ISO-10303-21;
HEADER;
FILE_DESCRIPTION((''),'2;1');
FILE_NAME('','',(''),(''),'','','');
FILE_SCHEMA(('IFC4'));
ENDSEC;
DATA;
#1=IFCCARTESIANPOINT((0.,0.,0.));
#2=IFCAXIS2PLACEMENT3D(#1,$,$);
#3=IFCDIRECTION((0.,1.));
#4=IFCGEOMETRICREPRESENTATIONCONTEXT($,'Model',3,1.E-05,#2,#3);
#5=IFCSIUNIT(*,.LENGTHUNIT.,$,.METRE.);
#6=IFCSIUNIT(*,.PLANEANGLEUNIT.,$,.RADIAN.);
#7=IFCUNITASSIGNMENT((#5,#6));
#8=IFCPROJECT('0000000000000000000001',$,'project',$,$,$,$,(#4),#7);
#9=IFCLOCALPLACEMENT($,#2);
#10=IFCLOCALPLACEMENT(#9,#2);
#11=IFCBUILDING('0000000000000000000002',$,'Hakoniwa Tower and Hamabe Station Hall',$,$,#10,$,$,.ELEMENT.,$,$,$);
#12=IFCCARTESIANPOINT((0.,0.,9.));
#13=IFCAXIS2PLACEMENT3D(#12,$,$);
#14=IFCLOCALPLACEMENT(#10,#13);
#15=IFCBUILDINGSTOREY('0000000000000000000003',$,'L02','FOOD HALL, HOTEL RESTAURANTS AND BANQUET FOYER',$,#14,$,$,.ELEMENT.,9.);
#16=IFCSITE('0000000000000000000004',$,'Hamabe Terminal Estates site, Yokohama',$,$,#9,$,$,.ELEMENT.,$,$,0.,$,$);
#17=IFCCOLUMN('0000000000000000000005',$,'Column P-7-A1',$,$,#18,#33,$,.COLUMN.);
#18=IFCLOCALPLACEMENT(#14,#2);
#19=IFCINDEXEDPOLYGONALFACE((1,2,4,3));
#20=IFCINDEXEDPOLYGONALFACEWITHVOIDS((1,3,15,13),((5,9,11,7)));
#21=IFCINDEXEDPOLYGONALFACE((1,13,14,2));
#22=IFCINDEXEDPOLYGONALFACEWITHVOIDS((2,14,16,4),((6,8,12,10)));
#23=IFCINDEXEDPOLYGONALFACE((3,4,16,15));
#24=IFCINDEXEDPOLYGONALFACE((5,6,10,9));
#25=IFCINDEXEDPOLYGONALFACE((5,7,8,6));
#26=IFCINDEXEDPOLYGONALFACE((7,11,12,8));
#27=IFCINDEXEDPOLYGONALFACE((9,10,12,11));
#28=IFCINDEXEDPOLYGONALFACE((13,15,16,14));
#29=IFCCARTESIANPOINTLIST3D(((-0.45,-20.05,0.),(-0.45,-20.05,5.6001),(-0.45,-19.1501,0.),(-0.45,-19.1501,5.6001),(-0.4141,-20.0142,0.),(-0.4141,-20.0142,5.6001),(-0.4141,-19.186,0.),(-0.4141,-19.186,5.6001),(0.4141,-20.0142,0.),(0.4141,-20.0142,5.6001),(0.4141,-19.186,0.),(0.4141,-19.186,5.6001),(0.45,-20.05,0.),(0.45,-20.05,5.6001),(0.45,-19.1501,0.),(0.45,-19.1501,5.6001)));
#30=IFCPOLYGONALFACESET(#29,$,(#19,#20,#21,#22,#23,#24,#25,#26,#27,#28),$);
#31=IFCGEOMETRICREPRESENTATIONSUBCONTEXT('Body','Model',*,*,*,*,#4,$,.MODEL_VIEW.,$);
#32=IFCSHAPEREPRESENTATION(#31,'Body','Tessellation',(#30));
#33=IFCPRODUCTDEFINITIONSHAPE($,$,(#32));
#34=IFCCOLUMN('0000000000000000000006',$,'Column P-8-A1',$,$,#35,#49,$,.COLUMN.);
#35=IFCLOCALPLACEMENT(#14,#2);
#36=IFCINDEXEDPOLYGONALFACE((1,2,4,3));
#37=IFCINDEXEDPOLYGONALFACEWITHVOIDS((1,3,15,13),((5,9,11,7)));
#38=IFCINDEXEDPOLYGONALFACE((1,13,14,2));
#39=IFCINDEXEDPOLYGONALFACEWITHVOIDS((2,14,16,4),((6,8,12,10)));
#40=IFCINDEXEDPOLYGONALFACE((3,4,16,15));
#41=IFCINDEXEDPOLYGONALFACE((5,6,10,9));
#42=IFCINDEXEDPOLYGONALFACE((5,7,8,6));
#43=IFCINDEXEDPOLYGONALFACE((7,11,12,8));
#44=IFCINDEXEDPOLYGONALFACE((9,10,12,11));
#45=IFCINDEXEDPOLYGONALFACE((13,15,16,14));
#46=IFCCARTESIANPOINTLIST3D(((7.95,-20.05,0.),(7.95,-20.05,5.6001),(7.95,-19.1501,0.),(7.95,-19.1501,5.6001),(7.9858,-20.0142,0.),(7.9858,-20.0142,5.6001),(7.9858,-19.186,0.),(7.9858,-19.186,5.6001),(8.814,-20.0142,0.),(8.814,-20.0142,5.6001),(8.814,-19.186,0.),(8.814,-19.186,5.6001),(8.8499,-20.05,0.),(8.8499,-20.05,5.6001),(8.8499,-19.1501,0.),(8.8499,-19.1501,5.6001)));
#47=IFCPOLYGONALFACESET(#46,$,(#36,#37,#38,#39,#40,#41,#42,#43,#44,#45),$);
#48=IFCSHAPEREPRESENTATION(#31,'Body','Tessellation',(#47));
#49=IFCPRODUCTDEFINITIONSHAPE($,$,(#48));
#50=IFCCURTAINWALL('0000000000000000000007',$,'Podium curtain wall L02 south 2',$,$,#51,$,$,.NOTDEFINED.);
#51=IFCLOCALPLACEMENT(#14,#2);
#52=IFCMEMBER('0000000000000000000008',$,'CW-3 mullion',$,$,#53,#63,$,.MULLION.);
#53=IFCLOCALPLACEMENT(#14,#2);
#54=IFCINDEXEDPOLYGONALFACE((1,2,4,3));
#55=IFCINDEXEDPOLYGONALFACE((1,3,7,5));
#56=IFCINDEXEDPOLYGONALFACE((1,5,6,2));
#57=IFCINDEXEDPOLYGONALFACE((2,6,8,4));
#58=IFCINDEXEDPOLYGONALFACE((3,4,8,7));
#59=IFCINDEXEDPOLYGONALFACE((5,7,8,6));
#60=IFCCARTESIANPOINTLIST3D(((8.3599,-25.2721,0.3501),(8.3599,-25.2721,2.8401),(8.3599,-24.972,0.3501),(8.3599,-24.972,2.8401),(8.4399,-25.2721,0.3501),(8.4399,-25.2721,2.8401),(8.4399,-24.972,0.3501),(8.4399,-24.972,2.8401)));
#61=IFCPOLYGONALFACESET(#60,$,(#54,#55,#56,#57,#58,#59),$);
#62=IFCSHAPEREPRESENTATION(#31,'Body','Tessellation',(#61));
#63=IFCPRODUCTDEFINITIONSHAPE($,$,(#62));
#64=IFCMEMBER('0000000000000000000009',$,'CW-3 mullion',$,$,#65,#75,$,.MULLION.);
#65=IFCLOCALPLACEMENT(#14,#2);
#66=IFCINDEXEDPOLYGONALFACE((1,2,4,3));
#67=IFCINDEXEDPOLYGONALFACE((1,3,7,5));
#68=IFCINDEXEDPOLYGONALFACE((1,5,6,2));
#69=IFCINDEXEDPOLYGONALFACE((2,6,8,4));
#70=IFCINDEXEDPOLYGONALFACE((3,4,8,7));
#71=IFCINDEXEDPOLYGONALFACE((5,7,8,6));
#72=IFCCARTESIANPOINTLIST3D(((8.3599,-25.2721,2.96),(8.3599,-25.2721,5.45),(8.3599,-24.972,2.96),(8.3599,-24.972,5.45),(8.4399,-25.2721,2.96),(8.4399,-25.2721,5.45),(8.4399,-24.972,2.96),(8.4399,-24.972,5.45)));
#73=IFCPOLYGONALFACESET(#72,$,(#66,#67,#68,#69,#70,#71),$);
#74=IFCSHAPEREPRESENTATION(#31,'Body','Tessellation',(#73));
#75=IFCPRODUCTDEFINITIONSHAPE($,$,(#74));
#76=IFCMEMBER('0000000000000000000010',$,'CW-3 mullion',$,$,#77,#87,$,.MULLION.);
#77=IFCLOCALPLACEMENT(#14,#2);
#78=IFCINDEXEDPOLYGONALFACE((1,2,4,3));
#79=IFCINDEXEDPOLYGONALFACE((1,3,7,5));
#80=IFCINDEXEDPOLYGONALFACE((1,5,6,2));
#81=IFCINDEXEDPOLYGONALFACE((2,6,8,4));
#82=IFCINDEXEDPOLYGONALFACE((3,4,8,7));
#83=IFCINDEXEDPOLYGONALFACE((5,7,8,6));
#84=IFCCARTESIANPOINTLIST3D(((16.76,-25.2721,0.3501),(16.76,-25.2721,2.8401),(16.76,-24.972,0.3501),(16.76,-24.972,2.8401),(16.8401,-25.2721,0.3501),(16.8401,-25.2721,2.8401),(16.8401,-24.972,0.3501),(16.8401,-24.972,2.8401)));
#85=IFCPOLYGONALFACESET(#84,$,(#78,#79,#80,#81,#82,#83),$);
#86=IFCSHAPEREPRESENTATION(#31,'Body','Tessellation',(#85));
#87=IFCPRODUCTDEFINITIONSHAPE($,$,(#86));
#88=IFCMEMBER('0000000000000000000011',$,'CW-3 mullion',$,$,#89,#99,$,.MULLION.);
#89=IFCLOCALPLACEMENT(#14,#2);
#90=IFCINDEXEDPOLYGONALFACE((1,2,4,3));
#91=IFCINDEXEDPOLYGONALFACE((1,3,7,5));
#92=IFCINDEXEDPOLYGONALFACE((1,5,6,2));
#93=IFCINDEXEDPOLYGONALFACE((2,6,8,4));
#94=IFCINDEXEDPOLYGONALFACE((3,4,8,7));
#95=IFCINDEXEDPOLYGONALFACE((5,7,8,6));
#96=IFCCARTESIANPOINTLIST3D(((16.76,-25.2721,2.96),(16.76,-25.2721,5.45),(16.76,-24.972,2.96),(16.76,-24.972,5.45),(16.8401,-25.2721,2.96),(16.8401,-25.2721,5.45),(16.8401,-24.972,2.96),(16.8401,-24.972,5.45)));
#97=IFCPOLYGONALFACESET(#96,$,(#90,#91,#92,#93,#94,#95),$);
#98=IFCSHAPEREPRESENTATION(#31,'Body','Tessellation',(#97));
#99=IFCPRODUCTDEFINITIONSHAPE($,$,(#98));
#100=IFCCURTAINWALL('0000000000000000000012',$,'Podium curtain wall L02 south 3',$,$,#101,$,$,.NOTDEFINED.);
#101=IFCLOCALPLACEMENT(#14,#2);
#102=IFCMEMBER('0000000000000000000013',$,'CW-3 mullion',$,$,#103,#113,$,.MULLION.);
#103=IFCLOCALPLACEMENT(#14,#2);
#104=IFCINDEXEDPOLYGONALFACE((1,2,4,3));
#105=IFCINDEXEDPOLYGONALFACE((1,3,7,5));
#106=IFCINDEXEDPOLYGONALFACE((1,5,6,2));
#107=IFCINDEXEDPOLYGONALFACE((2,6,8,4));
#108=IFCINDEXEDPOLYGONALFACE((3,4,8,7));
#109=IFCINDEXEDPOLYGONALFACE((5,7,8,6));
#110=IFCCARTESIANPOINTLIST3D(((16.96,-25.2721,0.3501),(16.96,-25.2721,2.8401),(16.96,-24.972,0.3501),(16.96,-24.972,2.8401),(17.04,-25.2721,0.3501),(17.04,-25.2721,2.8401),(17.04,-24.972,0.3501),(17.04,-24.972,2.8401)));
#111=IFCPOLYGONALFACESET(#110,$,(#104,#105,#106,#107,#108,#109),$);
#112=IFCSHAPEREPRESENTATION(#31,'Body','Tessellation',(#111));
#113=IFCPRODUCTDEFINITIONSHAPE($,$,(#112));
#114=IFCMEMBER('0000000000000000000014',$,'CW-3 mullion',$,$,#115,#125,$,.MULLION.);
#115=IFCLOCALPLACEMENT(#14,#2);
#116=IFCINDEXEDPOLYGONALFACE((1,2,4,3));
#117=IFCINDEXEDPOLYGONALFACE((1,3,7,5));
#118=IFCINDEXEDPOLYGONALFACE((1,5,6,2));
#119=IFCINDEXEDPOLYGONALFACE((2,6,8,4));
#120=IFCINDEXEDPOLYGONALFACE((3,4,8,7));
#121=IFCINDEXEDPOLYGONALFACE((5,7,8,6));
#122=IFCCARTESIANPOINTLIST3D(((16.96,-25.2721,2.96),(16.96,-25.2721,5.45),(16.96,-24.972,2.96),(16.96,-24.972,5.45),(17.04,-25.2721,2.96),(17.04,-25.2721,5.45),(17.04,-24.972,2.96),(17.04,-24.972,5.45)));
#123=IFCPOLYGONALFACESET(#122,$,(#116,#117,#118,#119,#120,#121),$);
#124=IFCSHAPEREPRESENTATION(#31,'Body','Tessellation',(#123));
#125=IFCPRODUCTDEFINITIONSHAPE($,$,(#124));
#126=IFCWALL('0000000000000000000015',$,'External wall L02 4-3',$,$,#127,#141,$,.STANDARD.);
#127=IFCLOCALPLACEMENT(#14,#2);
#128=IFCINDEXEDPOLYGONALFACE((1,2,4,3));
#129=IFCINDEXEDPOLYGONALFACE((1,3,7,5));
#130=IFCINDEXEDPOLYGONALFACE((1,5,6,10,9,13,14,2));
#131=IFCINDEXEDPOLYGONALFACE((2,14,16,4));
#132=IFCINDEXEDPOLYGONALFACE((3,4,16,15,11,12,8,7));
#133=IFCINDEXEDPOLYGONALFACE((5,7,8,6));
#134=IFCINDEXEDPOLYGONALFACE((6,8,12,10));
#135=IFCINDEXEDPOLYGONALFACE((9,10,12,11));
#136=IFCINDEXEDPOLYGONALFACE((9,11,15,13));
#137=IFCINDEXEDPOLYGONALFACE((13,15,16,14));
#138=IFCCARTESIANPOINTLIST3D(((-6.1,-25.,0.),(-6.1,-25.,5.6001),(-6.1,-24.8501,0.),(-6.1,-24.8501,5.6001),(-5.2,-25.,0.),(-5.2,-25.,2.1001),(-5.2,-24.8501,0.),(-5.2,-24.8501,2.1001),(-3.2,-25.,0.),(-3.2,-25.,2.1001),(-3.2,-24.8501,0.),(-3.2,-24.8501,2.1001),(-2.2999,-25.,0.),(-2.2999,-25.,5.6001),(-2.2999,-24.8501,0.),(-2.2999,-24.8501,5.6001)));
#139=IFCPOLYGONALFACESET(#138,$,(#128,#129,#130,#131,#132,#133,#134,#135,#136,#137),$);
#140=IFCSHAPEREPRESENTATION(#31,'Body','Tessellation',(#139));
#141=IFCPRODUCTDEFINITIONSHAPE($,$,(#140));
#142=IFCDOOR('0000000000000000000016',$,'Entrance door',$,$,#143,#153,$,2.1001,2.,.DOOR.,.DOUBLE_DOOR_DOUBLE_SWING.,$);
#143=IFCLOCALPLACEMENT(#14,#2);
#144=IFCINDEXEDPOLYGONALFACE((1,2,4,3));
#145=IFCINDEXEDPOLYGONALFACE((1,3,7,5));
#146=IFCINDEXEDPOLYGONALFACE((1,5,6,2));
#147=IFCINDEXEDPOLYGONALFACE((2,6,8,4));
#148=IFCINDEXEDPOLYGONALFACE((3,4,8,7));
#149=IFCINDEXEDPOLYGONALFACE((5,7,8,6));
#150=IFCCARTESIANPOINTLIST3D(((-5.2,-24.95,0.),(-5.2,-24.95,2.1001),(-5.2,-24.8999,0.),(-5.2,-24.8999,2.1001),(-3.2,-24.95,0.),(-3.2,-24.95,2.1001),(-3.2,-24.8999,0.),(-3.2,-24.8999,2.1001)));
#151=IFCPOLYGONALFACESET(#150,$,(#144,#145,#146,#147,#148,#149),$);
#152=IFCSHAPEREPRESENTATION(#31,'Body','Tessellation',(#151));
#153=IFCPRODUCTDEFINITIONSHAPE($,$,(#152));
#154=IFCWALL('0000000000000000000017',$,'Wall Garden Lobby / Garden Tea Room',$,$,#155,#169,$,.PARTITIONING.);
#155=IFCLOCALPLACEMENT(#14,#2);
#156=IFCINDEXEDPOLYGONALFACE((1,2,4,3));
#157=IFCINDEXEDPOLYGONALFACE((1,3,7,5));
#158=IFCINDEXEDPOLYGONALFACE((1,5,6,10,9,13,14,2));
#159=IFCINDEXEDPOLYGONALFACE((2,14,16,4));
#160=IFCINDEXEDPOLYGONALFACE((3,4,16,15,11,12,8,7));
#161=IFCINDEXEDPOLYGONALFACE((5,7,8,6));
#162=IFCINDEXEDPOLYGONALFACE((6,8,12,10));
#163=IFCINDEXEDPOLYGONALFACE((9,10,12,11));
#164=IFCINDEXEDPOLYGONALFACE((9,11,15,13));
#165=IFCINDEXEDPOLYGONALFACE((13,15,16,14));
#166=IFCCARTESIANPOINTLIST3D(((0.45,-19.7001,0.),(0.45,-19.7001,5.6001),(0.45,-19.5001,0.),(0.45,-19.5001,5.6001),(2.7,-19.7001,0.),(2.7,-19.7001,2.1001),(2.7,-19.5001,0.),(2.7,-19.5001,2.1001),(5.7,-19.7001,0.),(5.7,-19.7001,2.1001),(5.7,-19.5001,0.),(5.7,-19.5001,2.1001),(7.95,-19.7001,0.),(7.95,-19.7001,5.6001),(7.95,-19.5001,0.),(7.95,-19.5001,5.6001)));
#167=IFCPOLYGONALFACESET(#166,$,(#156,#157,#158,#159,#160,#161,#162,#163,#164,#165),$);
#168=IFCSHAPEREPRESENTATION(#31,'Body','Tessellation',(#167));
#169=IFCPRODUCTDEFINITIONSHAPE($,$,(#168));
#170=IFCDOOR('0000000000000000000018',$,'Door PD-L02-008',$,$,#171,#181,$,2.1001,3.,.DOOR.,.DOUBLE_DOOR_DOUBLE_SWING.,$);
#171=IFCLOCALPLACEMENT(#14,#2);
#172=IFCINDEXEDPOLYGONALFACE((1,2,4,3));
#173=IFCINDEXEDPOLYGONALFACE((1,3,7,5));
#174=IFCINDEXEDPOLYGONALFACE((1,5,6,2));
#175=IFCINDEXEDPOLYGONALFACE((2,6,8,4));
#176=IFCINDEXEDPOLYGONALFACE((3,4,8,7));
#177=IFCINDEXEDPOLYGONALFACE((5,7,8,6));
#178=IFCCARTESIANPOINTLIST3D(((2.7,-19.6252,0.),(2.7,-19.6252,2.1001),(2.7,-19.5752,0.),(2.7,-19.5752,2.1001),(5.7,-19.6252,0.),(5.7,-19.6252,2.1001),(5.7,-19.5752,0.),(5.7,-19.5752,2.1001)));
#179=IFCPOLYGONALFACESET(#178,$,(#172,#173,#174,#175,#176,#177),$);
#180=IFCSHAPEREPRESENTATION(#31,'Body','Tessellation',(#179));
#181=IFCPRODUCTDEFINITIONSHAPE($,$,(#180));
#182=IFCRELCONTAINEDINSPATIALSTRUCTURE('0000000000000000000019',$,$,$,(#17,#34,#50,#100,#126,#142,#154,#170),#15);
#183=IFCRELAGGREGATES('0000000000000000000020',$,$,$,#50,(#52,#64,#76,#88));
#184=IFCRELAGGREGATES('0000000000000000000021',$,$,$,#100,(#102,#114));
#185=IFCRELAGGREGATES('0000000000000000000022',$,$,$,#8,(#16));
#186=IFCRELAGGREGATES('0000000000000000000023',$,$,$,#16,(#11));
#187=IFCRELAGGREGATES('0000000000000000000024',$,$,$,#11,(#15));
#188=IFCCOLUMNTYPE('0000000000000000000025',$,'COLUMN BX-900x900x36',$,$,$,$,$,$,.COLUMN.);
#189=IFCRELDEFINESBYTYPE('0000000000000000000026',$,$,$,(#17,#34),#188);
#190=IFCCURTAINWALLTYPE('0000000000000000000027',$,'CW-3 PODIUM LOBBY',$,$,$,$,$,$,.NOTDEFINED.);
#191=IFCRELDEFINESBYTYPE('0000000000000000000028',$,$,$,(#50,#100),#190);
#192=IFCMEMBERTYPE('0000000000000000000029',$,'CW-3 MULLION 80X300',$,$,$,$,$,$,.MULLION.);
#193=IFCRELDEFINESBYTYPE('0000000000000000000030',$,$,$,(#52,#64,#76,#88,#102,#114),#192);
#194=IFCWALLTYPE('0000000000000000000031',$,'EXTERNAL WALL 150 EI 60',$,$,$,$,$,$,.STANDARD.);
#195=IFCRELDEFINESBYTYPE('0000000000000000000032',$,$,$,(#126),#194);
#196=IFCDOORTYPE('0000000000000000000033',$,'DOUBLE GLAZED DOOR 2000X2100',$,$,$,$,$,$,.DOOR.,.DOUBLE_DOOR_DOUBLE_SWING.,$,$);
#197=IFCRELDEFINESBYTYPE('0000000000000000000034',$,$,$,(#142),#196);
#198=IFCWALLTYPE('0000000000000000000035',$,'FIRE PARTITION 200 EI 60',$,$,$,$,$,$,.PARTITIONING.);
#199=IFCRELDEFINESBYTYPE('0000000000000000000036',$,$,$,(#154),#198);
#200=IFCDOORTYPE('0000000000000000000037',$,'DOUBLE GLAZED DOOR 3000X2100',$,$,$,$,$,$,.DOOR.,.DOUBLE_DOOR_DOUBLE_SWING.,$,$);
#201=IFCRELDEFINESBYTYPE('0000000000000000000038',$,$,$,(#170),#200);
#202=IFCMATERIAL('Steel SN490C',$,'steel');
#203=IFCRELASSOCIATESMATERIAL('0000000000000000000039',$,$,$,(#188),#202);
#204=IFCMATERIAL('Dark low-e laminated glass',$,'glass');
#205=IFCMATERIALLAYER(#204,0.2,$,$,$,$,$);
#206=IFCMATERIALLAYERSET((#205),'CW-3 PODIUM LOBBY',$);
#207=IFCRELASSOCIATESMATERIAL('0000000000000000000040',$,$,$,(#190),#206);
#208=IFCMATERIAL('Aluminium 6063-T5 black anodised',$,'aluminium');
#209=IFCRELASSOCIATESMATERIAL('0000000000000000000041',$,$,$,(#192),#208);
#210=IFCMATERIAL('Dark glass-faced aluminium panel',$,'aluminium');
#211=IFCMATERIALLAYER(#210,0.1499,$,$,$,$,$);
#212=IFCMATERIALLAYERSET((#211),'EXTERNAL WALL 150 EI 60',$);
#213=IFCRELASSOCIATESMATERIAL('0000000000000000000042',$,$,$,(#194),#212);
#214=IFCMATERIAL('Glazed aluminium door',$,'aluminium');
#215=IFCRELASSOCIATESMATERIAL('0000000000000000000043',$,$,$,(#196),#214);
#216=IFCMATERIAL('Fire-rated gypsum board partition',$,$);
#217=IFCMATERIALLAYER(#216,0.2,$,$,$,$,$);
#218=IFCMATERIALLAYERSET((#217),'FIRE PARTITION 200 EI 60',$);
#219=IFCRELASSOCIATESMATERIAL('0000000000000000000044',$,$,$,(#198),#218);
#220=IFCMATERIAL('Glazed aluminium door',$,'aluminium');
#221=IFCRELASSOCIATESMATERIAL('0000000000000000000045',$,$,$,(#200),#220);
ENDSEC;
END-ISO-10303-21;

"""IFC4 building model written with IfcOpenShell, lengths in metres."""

from ifc_helpers import new_model, si_unit, direction, frame, frame_2d, origin, origin_2d, place, context, subcontext, project, spatial, rectangle, hollow_rectangle, extrude, material, layer, layer_set, material_profile, profile_set, type_object, element, fill, aggregate, save


model = new_model("IFC4")

# Units and contexts
model_context = context("Model", 3, precision=1e-05, world=origin(), true_north=direction((0.0, 1.0)))
body_context = subcontext(model_context, "Body", "Model", "MODEL_VIEW")
ifc_project = project(units=[si_unit("LENGTHUNIT", "METRE"), si_unit("PLANEANGLEUNIT", "RADIAN")], contexts=[model_context])

# Site, building, storey
site_placement = place(None, origin())
site = spatial("IfcSite", under=ifc_project, at=site_placement, Name="Hamabe Terminal Estates site, Yokohama", CompositionType="ELEMENT", RefElevation=0.0)
building_placement = place(site_placement, origin())
building = spatial("IfcBuilding", under=site, at=building_placement, Name="Hakoniwa Tower and Hamabe Station Hall", CompositionType="ELEMENT")
storey_placement = place(building_placement, frame((0.0, 0.0, 9.0)))
storey = spatial("IfcBuildingStorey", under=building, at=storey_placement, Name="L02", Description="FOOD HALL, HOTEL RESTAURANTS AND BANQUET FOYER", CompositionType="ELEMENT", Elevation=9.0)

# Columns
ifc_material_1 = material(Name="Steel SN490C", Category="steel")
ifc_material_profile_1 = material_profile(ifc_material_1, hollow_rectangle(XDim=0.8999, YDim=0.8999, WallThickness=0.0359, at=origin_2d()), Name="BX-900x900x36")
ifc_profile_set_1 = profile_set([ifc_material_profile_1], Name="Steel SN490C")
column_type_1 = type_object("IfcColumnType", Name="COLUMN BX-900x900x36", PredefinedType="COLUMN", material=ifc_profile_set_1)
for number, where, z_axis, x_axis, name in (
    (1, (0.0, -19.6001, 0.0), (0.0, 0.0, 1.0), (1.0, 0.0, 0.0), "Column P-7-A1"),
    (2, (8.3999, -19.6001, 0.0), (0.0, 0.0, 1.0), (1.0, 0.0, 0.0), "Column P-8-A1"),
):
    element("IfcColumn", number, at=place(storey_placement, frame(where, z_axis=z_axis, x_axis=x_axis)), inside=storey, type_object=column_type_1, Name=name, PredefinedType="COLUMN", context=body_context, shape_type="SweptSolid", body=[
        extrude(hollow_rectangle(XDim=0.8999, YDim=0.8999, WallThickness=0.0359, at=origin_2d()), origin(), (0.0, 0.0, 1.0), 5.6001),
    ])

# Curtain walls, members
ifc_material_2 = material(Name="Dark low-e laminated glass", Category="glass")
ifc_layer_1 = layer(ifc_material_2, 0.2)
ifc_layer_set_1 = layer_set([ifc_layer_1], Name="CW-3 PODIUM LOBBY")
curtain_wall_type = type_object("IfcCurtainWallType", Name="CW-3 PODIUM LOBBY", PredefinedType="NOTDEFINED", material=ifc_layer_set_1)
curtain_wall_1_placement = place(storey_placement, origin())
curtain_wall_1 = element("IfcCurtainWall", 3, at=curtain_wall_1_placement, inside=storey, type_object=curtain_wall_type, Name="Podium curtain wall L02 south 2", PredefinedType="NOTDEFINED")
ifc_material_3 = material(Name="Aluminium 6063-T5 black anodised", Category="aluminium")
ifc_material_profile_2 = material_profile(ifc_material_3, rectangle(XDim=0.0801, YDim=0.3, at=origin_2d()), Name="CW-3 MULLION 80X300")
ifc_profile_set_2 = profile_set([ifc_material_profile_2], Name="Aluminium 6063-T5 black anodised")
member_type = type_object("IfcMemberType", Name="CW-3 MULLION 80X300", PredefinedType="MULLION", material=ifc_profile_set_2)
member_1_placement = place(storey_placement, frame((8.3999, -25.1221, 0.3501), z_axis=(0.0, 0.0, 1.0), x_axis=(1.0, 0.0, 0.0)))
member_1 = element("IfcMember", 4, at=member_1_placement, type_object=member_type, Name="CW-3 mullion", PredefinedType="MULLION", context=body_context, shape_type="SweptSolid", body=[
    extrude(rectangle(XDim=0.0801, YDim=0.3, at=origin_2d()), origin(), (0.0, 0.0, 1.0), 2.49),
])
member_2_placement = place(storey_placement, frame((8.3999, -25.1221, 2.96), z_axis=(0.0, 0.0, 1.0), x_axis=(1.0, 0.0, 0.0)))
member_2 = element("IfcMember", 5, at=member_2_placement, type_object=member_type, Name="CW-3 mullion", PredefinedType="MULLION", context=body_context, shape_type="SweptSolid", body=[
    extrude(rectangle(XDim=0.0801, YDim=0.3, at=origin_2d()), origin(), (0.0, 0.0, 1.0), 2.49),
])
member_3_placement = place(storey_placement, frame((16.8, -25.1221, 0.3501), z_axis=(0.0, 0.0, 1.0), x_axis=(1.0, 0.0, 0.0)))
member_3 = element("IfcMember", 6, at=member_3_placement, type_object=member_type, Name="CW-3 mullion", PredefinedType="MULLION", context=body_context, shape_type="SweptSolid", body=[
    extrude(rectangle(XDim=0.0801, YDim=0.3, at=origin_2d()), origin(), (0.0, 0.0, 1.0), 2.49),
])
member_4_placement = place(storey_placement, frame((16.8, -25.1221, 2.96), z_axis=(0.0, 0.0, 1.0), x_axis=(1.0, 0.0, 0.0)))
member_4 = element("IfcMember", 7, at=member_4_placement, type_object=member_type, Name="CW-3 mullion", PredefinedType="MULLION", context=body_context, shape_type="SweptSolid", body=[
    extrude(rectangle(XDim=0.0801, YDim=0.3, at=origin_2d()), origin(), (0.0, 0.0, 1.0), 2.49),
])
aggregate(curtain_wall_1, [member_1, member_2, member_3, member_4])
curtain_wall_2_placement = place(storey_placement, origin())
curtain_wall_2 = element("IfcCurtainWall", 8, at=curtain_wall_2_placement, inside=storey, type_object=curtain_wall_type, Name="Podium curtain wall L02 south 3", PredefinedType="NOTDEFINED")
member_5_placement = place(storey_placement, frame((17.0, -25.1221, 0.3501), z_axis=(0.0, 0.0, 1.0), x_axis=(1.0, 0.0, 0.0)))
member_5 = element("IfcMember", 9, at=member_5_placement, type_object=member_type, Name="CW-3 mullion", PredefinedType="MULLION", context=body_context, shape_type="SweptSolid", body=[
    extrude(rectangle(XDim=0.0801, YDim=0.3, at=origin_2d()), origin(), (0.0, 0.0, 1.0), 2.49),
])
member_6_placement = place(storey_placement, frame((17.0, -25.1221, 2.96), z_axis=(0.0, 0.0, 1.0), x_axis=(1.0, 0.0, 0.0)))
member_6 = element("IfcMember", 10, at=member_6_placement, type_object=member_type, Name="CW-3 mullion", PredefinedType="MULLION", context=body_context, shape_type="SweptSolid", body=[
    extrude(rectangle(XDim=0.0801, YDim=0.3, at=origin_2d()), origin(), (0.0, 0.0, 1.0), 2.49),
])
aggregate(curtain_wall_2, [member_5, member_6])

# Walls, openings, doors
ifc_material_4 = material(Name="Dark glass-faced aluminium panel", Category="aluminium")
ifc_layer_2 = layer(ifc_material_4, 0.1499)
ifc_layer_set_2 = layer_set([ifc_layer_2], Name="EXTERNAL WALL 150 EI 60")
wall_type_1 = type_object("IfcWallType", Name="EXTERNAL WALL 150 EI 60", PredefinedType="STANDARD", material=ifc_layer_set_2)
wall_1_placement = place(storey_placement, frame((-2.3, -24.925, 0.0), z_axis=(0.0, 0.0, 1.0), x_axis=(-1.0, 0.0, 0.0)))
wall_1 = element("IfcWall", 11, at=wall_1_placement, inside=storey, type_object=wall_type_1, Name="External wall L02 4-3", PredefinedType="STANDARD", context=body_context, shape_type="SweptSolid", body=[
    extrude(rectangle(XDim=3.8, YDim=0.1499, at=frame_2d((1.8999, 0.0))), origin(), (0.0, 0.0, 1.0), 5.6001),
])
opening_1_placement = place(wall_1_placement, frame((0.8999, 0.0, 0.0)))
opening_1 = element("IfcOpeningElement", 12, at=opening_1_placement, cuts=wall_1, PredefinedType="OPENING", context=body_context, shape_type="SweptSolid", body=[
    extrude(rectangle(XDim=2.0, YDim=2.1001, at=frame_2d((1.0, 1.05))), frame((0.0, 0.085, 0.0), z_axis=(0.0, -1.0, 0.0), x_axis=(1.0, 0.0, 0.0)), (0.0, 0.0, 1.0), 0.1699),
])
ifc_material_5 = material(Name="Glazed aluminium door", Category="aluminium")
door_type_1 = type_object("IfcDoorType", Name="DOUBLE GLAZED DOOR 2000X2100", OperationType="DOUBLE_DOOR_DOUBLE_SWING", PredefinedType="DOOR", material=ifc_material_5)
door_1_placement = place(opening_1_placement, origin())
door_1 = element("IfcDoor", 13, at=door_1_placement, inside=storey, type_object=door_type_1, Name="Entrance door", OperationType="DOUBLE_DOOR_DOUBLE_SWING", OverallHeight=2.1001, OverallWidth=2.0, PredefinedType="DOOR", context=body_context, shape_type="SweptSolid", body=[
    extrude(rectangle(XDim=2.0, YDim=2.1001, at=frame_2d((1.0, 1.05))), frame((0.0, 0.0249, 0.0), z_axis=(0.0, -1.0, 0.0), x_axis=(1.0, 0.0, 0.0)), (0.0, 0.0, 1.0), 0.05),
])
fill(opening_1, door_1)
ifc_material_6 = material(Name="Fire-rated gypsum board partition")
ifc_layer_3 = layer(ifc_material_6, 0.2)
ifc_layer_set_3 = layer_set([ifc_layer_3], Name="FIRE PARTITION 200 EI 60")
wall_type_2 = type_object("IfcWallType", Name="FIRE PARTITION 200 EI 60", PredefinedType="PARTITIONING", material=ifc_layer_set_3)
wall_2_placement = place(storey_placement, frame((0.45, -19.6001, 0.0), z_axis=(0.0, 0.0, 1.0), x_axis=(1.0, 0.0, 0.0)))
wall_2 = element("IfcWall", 14, at=wall_2_placement, inside=storey, type_object=wall_type_2, Name="Wall Garden Lobby / Garden Tea Room", PredefinedType="PARTITIONING", context=body_context, shape_type="SweptSolid", body=[
    extrude(rectangle(XDim=7.5, YDim=0.2, at=frame_2d((3.75, 0.0))), origin(), (0.0, 0.0, 1.0), 5.6001),
])
opening_2_placement = place(wall_2_placement, frame((2.25, 0.0, 0.0)))
opening_2 = element("IfcOpeningElement", 15, at=opening_2_placement, cuts=wall_2, PredefinedType="OPENING", context=body_context, shape_type="SweptSolid", body=[
    extrude(rectangle(XDim=3.0, YDim=2.1001, at=frame_2d((1.5, 1.05))), frame((0.0, 0.1099, 0.0), z_axis=(0.0, -1.0, 0.0), x_axis=(1.0, 0.0, 0.0)), (0.0, 0.0, 1.0), 0.22),
])
ifc_material_7 = material(Name="Glazed aluminium door", Category="aluminium")
door_type_2 = type_object("IfcDoorType", Name="DOUBLE GLAZED DOOR 3000X2100", OperationType="DOUBLE_DOOR_DOUBLE_SWING", PredefinedType="DOOR", material=ifc_material_7)
door_2_placement = place(opening_2_placement, origin())
door_2 = element("IfcDoor", 16, at=door_2_placement, inside=storey, type_object=door_type_2, Name="Door PD-L02-008", OperationType="DOUBLE_DOOR_DOUBLE_SWING", OverallHeight=2.1001, OverallWidth=3.0, PredefinedType="DOOR", context=body_context, shape_type="SweptSolid", body=[
    extrude(rectangle(XDim=3.0, YDim=2.1001, at=frame_2d((1.5, 1.05))), frame((0.0, 0.0249, 0.0), z_axis=(0.0, -1.0, 0.0), x_axis=(1.0, 0.0, 0.0)), (0.0, 0.0, 1.0), 0.05),
])
fill(opening_2, door_2)

save(model, "model.ifc")
